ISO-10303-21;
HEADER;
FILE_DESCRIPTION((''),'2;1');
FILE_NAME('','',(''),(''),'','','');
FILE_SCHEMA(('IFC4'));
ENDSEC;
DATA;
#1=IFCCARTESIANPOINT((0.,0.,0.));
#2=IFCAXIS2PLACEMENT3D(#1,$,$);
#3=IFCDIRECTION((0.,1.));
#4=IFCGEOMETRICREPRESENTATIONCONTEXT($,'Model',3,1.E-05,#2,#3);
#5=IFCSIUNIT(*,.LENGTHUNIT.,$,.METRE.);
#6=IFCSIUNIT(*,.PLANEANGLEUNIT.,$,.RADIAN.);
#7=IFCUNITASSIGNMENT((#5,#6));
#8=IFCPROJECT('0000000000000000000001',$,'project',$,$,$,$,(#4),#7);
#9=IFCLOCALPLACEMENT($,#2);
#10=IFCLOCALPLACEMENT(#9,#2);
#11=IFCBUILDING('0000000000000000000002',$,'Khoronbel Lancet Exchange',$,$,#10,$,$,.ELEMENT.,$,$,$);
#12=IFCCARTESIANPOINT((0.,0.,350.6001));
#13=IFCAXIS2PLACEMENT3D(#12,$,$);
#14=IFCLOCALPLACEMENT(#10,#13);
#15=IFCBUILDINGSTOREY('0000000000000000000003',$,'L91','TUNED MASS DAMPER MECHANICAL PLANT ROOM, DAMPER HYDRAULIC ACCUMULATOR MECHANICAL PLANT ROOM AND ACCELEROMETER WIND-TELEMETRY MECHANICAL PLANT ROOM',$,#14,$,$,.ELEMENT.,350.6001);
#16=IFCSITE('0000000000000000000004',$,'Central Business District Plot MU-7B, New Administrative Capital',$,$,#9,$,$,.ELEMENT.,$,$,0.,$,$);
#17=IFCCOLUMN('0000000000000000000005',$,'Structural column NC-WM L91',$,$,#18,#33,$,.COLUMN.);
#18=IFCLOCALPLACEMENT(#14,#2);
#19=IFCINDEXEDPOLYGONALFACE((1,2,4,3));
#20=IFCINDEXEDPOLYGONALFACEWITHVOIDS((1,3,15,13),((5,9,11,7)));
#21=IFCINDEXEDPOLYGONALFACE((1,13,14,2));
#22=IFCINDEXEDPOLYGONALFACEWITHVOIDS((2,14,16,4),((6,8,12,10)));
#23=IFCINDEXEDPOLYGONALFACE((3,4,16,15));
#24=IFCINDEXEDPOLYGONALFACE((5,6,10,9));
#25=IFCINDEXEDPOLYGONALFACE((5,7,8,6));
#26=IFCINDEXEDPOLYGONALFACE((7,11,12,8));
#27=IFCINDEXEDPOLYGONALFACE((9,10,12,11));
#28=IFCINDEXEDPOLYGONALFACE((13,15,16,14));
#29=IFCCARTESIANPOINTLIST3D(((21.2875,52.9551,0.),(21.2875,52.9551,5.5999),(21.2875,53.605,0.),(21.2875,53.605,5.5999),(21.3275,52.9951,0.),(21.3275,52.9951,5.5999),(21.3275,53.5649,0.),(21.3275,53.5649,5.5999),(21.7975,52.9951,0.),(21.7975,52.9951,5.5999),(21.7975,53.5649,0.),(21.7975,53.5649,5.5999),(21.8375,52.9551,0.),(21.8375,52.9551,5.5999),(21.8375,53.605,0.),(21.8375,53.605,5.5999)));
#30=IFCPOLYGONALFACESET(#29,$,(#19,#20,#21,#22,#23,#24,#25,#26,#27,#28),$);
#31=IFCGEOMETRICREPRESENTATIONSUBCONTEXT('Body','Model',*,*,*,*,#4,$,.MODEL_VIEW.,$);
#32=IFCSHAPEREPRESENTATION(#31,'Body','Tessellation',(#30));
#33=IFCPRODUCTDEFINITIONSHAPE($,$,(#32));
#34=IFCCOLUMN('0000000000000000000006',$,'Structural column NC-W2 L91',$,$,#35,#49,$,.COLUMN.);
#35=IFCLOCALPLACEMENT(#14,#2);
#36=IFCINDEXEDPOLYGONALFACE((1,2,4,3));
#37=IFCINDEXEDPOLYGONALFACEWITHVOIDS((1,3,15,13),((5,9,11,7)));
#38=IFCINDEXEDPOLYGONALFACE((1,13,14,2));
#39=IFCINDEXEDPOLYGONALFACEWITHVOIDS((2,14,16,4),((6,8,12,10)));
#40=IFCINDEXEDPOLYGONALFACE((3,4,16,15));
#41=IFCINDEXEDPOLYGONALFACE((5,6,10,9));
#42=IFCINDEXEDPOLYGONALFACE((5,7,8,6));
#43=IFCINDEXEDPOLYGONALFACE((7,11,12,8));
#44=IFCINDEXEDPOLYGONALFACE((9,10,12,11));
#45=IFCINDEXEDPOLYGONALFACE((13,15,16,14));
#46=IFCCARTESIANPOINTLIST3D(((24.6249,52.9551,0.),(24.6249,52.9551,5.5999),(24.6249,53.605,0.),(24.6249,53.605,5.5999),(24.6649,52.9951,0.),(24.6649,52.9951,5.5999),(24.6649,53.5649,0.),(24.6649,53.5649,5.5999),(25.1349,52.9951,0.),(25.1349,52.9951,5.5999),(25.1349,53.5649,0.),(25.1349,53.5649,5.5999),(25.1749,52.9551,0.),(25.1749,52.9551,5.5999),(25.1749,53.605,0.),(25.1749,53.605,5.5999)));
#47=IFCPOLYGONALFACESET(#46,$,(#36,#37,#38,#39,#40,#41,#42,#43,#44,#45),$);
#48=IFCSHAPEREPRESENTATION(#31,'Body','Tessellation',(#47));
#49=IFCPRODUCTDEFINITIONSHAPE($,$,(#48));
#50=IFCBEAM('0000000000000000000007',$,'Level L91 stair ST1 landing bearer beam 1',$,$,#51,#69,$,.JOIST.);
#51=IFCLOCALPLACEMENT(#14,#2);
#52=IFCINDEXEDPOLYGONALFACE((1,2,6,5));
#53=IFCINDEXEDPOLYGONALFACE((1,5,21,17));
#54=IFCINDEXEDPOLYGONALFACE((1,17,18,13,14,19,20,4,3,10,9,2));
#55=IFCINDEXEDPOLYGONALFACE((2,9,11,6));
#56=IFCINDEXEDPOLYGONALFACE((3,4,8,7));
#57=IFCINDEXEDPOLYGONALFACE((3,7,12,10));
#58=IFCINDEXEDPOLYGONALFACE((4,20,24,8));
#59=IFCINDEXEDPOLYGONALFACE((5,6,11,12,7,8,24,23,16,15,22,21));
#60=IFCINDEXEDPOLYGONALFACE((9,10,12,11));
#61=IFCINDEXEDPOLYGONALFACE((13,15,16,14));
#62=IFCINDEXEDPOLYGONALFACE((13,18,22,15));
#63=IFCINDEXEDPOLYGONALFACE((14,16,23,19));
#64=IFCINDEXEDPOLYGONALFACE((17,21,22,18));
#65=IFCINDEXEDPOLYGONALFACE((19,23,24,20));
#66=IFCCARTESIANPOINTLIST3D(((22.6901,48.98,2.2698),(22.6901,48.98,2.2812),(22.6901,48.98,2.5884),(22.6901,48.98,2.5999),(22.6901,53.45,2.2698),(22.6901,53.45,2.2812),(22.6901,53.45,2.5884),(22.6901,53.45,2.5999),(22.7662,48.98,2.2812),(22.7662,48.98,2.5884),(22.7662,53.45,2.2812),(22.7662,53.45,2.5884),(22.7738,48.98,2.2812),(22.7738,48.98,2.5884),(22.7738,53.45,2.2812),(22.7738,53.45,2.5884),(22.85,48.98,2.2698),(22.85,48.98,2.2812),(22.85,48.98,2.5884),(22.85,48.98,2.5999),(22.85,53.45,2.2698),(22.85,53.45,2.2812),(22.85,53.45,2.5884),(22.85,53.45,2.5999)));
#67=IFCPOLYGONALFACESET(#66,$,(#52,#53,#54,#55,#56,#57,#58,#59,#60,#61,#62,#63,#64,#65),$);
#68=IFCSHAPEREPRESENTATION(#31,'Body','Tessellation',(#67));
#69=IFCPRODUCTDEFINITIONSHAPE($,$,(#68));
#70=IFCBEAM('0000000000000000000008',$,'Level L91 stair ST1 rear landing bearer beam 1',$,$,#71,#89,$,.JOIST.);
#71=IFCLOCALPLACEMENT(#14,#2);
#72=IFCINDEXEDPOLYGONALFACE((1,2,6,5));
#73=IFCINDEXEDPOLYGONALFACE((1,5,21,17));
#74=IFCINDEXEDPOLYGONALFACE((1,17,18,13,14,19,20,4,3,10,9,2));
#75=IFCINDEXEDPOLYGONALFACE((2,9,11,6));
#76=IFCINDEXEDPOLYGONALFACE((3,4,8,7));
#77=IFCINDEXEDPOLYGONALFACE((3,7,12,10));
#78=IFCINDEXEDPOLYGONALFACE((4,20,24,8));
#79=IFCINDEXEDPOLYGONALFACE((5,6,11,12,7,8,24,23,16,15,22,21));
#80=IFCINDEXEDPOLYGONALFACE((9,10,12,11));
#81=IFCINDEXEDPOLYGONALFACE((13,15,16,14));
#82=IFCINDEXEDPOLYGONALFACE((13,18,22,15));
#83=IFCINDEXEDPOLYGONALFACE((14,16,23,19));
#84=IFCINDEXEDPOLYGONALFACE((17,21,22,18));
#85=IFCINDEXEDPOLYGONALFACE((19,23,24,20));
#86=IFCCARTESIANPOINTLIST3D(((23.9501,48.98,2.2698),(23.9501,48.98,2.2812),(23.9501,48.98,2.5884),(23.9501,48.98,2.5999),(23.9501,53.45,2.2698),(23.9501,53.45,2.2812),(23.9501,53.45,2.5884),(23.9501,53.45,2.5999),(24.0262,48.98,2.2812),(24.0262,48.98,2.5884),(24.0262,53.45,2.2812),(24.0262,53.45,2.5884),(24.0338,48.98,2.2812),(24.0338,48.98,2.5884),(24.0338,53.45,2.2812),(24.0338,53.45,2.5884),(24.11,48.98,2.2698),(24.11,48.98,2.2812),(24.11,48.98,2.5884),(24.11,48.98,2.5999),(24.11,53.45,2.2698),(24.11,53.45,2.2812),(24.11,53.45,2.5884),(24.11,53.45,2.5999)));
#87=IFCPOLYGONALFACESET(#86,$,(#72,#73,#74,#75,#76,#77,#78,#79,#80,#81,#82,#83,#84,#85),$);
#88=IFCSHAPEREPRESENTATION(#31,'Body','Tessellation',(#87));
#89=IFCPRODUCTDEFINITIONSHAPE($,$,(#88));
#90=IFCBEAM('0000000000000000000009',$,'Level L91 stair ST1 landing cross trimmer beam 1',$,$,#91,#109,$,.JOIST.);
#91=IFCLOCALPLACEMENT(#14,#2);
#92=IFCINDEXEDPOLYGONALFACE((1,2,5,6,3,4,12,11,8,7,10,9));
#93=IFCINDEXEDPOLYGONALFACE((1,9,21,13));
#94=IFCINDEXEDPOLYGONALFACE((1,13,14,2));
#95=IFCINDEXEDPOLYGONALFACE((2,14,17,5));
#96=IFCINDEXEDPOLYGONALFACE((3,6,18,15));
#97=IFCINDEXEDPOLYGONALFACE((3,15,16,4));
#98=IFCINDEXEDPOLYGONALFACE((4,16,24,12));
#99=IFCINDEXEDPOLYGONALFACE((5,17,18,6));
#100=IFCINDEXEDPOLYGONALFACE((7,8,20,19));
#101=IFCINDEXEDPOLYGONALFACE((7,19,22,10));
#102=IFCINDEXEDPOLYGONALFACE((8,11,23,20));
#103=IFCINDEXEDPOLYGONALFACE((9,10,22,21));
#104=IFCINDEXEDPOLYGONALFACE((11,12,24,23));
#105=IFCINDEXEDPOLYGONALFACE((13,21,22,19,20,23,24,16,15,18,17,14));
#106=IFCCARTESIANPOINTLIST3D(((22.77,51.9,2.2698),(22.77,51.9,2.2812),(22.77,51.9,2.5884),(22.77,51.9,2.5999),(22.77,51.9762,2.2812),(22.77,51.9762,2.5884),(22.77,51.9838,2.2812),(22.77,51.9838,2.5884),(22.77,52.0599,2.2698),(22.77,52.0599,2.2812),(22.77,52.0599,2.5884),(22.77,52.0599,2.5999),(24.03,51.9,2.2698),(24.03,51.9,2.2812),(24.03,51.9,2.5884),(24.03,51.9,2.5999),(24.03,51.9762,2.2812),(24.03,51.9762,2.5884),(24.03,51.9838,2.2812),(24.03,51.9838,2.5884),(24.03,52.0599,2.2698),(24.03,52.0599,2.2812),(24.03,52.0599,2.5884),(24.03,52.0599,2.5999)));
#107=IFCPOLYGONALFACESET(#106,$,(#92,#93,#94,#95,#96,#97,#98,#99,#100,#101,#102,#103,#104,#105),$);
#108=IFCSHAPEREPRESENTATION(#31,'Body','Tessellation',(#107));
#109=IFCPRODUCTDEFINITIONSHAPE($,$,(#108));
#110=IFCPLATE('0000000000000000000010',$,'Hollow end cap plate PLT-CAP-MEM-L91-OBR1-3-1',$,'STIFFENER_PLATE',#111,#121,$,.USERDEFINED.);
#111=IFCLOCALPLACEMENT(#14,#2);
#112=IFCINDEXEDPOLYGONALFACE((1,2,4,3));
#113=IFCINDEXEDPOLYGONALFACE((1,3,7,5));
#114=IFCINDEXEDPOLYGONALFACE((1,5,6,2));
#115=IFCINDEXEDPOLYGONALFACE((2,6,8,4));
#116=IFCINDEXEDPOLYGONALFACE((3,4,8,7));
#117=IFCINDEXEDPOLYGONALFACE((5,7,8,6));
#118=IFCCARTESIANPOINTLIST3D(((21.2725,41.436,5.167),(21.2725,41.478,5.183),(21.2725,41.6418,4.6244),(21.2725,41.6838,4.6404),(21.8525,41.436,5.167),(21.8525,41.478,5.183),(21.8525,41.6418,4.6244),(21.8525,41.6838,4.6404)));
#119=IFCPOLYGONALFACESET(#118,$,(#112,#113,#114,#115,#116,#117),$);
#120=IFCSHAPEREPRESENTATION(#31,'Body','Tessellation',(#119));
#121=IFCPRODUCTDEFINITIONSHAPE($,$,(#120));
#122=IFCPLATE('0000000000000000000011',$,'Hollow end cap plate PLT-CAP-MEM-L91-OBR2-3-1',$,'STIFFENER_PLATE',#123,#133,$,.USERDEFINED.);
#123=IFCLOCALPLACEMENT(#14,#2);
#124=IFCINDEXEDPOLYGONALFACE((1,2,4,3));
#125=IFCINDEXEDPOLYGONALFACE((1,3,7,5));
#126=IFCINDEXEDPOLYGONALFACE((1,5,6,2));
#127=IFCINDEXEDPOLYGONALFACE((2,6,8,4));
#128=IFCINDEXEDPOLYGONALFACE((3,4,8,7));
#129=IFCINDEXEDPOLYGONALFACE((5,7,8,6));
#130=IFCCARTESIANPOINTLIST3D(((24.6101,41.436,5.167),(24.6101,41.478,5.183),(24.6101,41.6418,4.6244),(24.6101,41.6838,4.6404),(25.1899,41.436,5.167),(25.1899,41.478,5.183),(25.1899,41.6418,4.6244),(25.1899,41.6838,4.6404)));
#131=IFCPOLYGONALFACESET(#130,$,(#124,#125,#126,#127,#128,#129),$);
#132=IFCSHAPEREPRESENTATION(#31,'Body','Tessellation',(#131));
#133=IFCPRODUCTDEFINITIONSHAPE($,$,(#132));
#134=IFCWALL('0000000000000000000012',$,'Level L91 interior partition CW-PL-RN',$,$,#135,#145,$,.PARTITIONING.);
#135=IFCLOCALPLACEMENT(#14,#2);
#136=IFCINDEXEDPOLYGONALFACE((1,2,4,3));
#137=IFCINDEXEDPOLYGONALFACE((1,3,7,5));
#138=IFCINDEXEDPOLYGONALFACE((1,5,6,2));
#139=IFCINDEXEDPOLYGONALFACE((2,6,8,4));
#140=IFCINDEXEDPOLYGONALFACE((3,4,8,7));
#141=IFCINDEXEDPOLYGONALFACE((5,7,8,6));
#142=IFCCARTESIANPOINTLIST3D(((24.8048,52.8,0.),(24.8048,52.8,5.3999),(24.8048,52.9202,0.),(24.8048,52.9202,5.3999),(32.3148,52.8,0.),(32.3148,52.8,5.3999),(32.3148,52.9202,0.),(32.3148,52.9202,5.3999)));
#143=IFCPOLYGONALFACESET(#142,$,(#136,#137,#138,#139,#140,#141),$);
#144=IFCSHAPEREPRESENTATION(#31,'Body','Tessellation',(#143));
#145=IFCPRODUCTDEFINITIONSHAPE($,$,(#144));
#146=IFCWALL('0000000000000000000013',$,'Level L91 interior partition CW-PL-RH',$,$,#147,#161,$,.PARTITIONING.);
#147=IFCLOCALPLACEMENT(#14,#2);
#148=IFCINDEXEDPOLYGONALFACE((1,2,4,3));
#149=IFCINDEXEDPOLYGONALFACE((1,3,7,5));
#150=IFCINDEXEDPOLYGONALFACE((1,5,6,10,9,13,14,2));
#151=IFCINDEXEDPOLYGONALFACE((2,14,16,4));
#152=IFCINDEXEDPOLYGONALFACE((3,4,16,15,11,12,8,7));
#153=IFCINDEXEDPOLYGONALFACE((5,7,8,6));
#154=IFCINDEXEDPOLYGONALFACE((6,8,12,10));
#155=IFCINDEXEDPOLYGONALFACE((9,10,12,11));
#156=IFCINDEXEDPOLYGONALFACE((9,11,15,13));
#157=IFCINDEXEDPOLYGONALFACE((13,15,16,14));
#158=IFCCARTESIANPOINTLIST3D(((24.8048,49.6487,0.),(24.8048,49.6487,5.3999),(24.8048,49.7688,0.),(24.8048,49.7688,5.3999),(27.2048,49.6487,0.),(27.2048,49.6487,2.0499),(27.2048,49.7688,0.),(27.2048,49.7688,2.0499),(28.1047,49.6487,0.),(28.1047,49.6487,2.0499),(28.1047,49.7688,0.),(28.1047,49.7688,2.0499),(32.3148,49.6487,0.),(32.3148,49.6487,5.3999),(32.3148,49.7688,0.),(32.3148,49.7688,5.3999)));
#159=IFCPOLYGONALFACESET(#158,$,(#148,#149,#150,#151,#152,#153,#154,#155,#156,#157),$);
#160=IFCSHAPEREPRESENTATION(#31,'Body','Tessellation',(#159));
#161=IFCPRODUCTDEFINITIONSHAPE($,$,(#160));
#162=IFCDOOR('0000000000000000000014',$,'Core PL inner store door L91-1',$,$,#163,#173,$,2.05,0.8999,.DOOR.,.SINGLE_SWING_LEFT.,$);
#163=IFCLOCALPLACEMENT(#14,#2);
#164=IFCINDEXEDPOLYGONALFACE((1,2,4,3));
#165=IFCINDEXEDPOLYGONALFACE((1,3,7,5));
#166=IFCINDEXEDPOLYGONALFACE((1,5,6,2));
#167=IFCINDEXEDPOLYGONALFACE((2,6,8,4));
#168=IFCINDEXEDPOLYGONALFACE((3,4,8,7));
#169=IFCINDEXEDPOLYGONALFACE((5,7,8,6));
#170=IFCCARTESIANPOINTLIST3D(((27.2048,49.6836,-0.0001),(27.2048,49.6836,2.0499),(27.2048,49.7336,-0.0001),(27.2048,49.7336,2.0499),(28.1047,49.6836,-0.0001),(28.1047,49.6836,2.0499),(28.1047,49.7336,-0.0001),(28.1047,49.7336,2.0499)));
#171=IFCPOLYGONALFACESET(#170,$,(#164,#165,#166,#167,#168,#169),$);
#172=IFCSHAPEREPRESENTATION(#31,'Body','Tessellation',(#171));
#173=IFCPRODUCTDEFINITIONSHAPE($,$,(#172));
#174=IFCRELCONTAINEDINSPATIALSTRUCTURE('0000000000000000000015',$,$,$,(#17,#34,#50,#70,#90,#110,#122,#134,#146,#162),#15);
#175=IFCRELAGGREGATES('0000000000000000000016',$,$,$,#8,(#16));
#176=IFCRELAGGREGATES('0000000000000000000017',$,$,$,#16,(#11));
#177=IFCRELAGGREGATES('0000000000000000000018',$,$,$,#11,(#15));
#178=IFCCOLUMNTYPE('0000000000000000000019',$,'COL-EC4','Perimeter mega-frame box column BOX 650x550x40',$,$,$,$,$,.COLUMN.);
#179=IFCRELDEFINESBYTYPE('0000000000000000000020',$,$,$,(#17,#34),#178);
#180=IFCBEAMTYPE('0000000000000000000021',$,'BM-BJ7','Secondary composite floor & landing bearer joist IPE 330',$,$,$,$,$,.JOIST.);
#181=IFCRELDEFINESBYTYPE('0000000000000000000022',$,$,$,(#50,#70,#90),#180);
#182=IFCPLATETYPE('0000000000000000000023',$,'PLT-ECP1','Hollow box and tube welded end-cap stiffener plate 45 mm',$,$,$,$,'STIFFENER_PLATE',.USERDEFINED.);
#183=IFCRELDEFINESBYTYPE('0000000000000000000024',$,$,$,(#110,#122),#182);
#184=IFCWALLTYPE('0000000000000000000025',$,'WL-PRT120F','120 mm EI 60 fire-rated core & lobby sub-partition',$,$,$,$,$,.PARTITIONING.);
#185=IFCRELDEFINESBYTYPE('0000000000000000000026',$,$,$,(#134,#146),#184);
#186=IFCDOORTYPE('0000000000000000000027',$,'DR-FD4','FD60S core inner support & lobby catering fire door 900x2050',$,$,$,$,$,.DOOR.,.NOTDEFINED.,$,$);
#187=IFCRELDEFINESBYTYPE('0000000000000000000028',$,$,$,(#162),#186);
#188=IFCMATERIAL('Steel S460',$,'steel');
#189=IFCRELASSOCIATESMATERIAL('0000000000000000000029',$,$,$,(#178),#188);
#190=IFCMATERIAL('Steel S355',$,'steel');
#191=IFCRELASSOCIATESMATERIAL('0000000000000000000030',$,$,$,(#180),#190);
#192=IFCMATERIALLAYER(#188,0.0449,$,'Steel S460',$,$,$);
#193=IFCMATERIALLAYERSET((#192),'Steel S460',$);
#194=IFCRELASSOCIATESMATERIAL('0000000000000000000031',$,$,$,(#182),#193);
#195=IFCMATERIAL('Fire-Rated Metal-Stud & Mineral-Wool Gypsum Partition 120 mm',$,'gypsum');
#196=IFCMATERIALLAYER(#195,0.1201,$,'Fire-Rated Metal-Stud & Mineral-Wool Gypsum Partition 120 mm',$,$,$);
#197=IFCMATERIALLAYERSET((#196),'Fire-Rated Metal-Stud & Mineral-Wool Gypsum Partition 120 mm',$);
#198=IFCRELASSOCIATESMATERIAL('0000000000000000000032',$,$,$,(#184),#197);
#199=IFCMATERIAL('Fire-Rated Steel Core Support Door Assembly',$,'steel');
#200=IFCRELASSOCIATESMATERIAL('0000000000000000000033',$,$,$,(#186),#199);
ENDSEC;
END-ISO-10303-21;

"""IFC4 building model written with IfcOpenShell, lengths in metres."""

from ifc_helpers import new_model, si_unit, direction, frame, frame_2d, origin, origin_2d, place, context, subcontext, project, spatial, polyline, rectangle, hollow_rectangle, i_section, outline, extrude, material, layer, layer_set, material_profile, profile_set, type_object, element, fill, save


model = new_model("IFC4")

# Units and contexts
model_context = context("Model", 3, precision=1e-05, world=origin(), true_north=direction((0.0, 1.0)))
body_context = subcontext(model_context, "Body", "Model", "MODEL_VIEW")
ifc_project = project(units=[si_unit("LENGTHUNIT", "METRE"), si_unit("PLANEANGLEUNIT", "RADIAN")], contexts=[model_context])

# Site, building, storey
site_placement = place(None, origin())
site = spatial("IfcSite", under=ifc_project, at=site_placement, Name="Central Business District Plot MU-7B, New Administrative Capital", CompositionType="ELEMENT", RefElevation=0.0)
building_placement = place(site_placement, origin())
building = spatial("IfcBuilding", under=site, at=building_placement, Name="Khoronbel Lancet Exchange", CompositionType="ELEMENT")
storey_placement = place(building_placement, frame((0.0, 0.0, 350.6001)))
storey = spatial("IfcBuildingStorey", under=building, at=storey_placement, Name="L91", Description="TUNED MASS DAMPER MECHANICAL PLANT ROOM, DAMPER HYDRAULIC ACCUMULATOR MECHANICAL PLANT ROOM AND ACCELEROMETER WIND-TELEMETRY MECHANICAL PLANT ROOM", CompositionType="ELEMENT", Elevation=350.6001)

# Columns
ifc_material_1 = material(Name="Steel S460", Category="steel")
ifc_material_profile_1 = material_profile(ifc_material_1, hollow_rectangle(XDim=0.55, YDim=0.6499, WallThickness=0.04, at=origin_2d()), Name="BOX 650x550x40")
ifc_profile_set_1 = profile_set([ifc_material_profile_1], Name="Steel S460")
column_type = type_object("IfcColumnType", Name="COL-EC4", Description="Perimeter mega-frame box column BOX 650x550x40", PredefinedType="COLUMN", material=ifc_profile_set_1)
for number, where, z_axis, x_axis, name in (
    (1, (21.5625, 53.28, 0.0), (0.0, 0.0, 1.0), (1.0, 0.0, 0.0), "Structural column NC-WM L91"),
    (2, (24.8999, 53.28, 0.0), (0.0, 0.0, 1.0), (1.0, 0.0, 0.0), "Structural column NC-W2 L91"),
):
    element("IfcColumn", number, at=place(storey_placement, frame(where, z_axis=z_axis, x_axis=x_axis)), inside=storey, type_object=column_type, Name=name, PredefinedType="COLUMN", context=body_context, shape_type="SweptSolid", body=[
        extrude(hollow_rectangle(XDim=0.55, YDim=0.6499, WallThickness=0.04, at=origin_2d()), origin(), (0.0, 0.0, 1.0), 5.5999),
    ])

# Beams
ifc_material_2 = material(Name="Steel S355", Category="steel")
ifc_material_profile_2 = material_profile(ifc_material_2, i_section(OverallWidth=0.1599, OverallDepth=0.3301, WebThickness=0.0076, FlangeThickness=0.0115, at=origin_2d()), Name="IPE 330")
ifc_profile_set_2 = profile_set([ifc_material_profile_2], Name="Steel S355")
beam_type = type_object("IfcBeamType", Name="BM-BJ7", Description="Secondary composite floor & landing bearer joist IPE 330", PredefinedType="JOIST", material=ifc_profile_set_2)
for number, where, z_axis, x_axis, name in (
    (3, (22.77, 48.98, 2.4348), (0.0, 1.0, 0.0), (-1.0, 0.0, 0.0), "Level L91 stair ST1 landing bearer beam 1"),
    (4, (24.03, 48.98, 2.4348), (0.0, 1.0, 0.0), (-1.0, 0.0, 0.0), "Level L91 stair ST1 rear landing bearer beam 1"),
):
    element("IfcBeam", number, at=place(storey_placement, frame(where, z_axis=z_axis, x_axis=x_axis)), inside=storey, type_object=beam_type, Name=name, PredefinedType="JOIST", context=body_context, shape_type="SweptSolid", body=[
        extrude(i_section(OverallWidth=0.1599, OverallDepth=0.3301, WebThickness=0.0076, FlangeThickness=0.0115, at=origin_2d()), origin(), (0.0, 0.0, 1.0), 4.47),
    ])
beam_placement = place(storey_placement, frame((22.77, 51.98, 2.4348), z_axis=(1.0, 0.0, 0.0), x_axis=(0.0, 1.0, 0.0)))
element("IfcBeam", 5, at=beam_placement, inside=storey, type_object=beam_type, Name="Level L91 stair ST1 landing cross trimmer beam 1", PredefinedType="JOIST", context=body_context, shape_type="SweptSolid", body=[
    extrude(i_section(OverallWidth=0.1599, OverallDepth=0.3301, WebThickness=0.0076, FlangeThickness=0.0115, at=origin_2d()), origin(), (0.0, 0.0, 1.0), 1.26),
])

# Plates
ifc_layer_1 = layer(ifc_material_1, 0.0449, Name="Steel S460")
ifc_layer_set_1 = layer_set([ifc_layer_1], Name="Steel S460")
plate_type = type_object("IfcPlateType", Name="PLT-ECP1", Description="Hollow box and tube welded end-cap stiffener plate 45 mm", ElementType="STIFFENER_PLATE", PredefinedType="USERDEFINED", material=ifc_layer_set_1)
plate_1_placement = place(storey_placement, frame((21.8525, 41.6838, 4.6404), z_axis=(0.0, 0.934973, 0.354718), x_axis=(-1.0, 0.0, 0.0)))
element("IfcPlate", 6, at=plate_1_placement, inside=storey, type_object=plate_type, Name="Hollow end cap plate PLT-CAP-MEM-L91-OBR1-3-1", ObjectType="STIFFENER_PLATE", PredefinedType="USERDEFINED", context=body_context, shape_type="SweptSolid", body=[
    extrude(outline(polyline([(0.0, 0.0), (0.5801, 0.0), (0.5801, 0.5803), (0.0, 0.5803), (0.0, 0.0)])), origin(), (0.0, 0.0, -1.0), 0.0449),
])
plate_2_placement = place(storey_placement, frame((25.1899, 41.6838, 4.6404), z_axis=(0.0, 0.934973, 0.354718), x_axis=(-1.0, 0.0, 0.0)))
element("IfcPlate", 7, at=plate_2_placement, inside=storey, type_object=plate_type, Name="Hollow end cap plate PLT-CAP-MEM-L91-OBR2-3-1", ObjectType="STIFFENER_PLATE", PredefinedType="USERDEFINED", context=body_context, shape_type="SweptSolid", body=[
    extrude(outline(polyline([(0.0, 0.0), (0.5798, 0.0), (0.5798, 0.5803), (0.0, 0.5803), (0.0, 0.0)])), origin(), (0.0, 0.0, -1.0), 0.0449),
])

# Wall
ifc_material_3 = material(Name="Fire-Rated Metal-Stud & Mineral-Wool Gypsum Partition 120 mm", Category="gypsum")
ifc_layer_2 = layer(ifc_material_3, 0.1201, Name="Fire-Rated Metal-Stud & Mineral-Wool Gypsum Partition 120 mm")
ifc_layer_set_2 = layer_set([ifc_layer_2], Name="Fire-Rated Metal-Stud & Mineral-Wool Gypsum Partition 120 mm")
wall_type_1 = type_object("IfcWallType", Name="WL-PRT120F", Description="120 mm EI 60 fire-rated core & lobby sub-partition", PredefinedType="PARTITIONING", material=ifc_layer_set_2)
wall_1_placement = place(storey_placement, frame((24.8049, 52.8601, 0.0), z_axis=(0.0, 0.0, 1.0), x_axis=(1.0, 0.0, 0.0)))
element("IfcWall", 8, at=wall_1_placement, inside=storey, type_object=wall_type_1, Name="Level L91 interior partition CW-PL-RN", PredefinedType="PARTITIONING", context=body_context, shape_type="SweptSolid", body=[
    extrude(rectangle(XDim=7.51, YDim=0.1201, at=frame_2d((3.7549, 0.0))), origin(), (0.0, 0.0, 1.0), 5.3999),
])

# Wall, opening, door
wall_2_placement = place(storey_placement, frame((24.8049, 49.7087, 0.0), z_axis=(0.0, 0.0, 1.0), x_axis=(1.0, 0.0, 0.0)))
wall_2 = element("IfcWall", 9, at=wall_2_placement, inside=storey, type_object=wall_type_1, Name="Level L91 interior partition CW-PL-RH", PredefinedType="PARTITIONING", context=body_context, shape_type="SweptSolid", body=[
    extrude(rectangle(XDim=7.51, YDim=0.1201, at=frame_2d((3.7549, 0.0))), origin(), (0.0, 0.0, 1.0), 5.3999),
])
opening_1_placement = place(wall_2_placement, frame((2.3999, 0.0, 0.0)))
opening_1 = element("IfcOpeningElement", 10, at=opening_1_placement, cuts=wall_2, PredefinedType="OPENING", context=body_context, shape_type="SweptSolid", body=[
    extrude(rectangle(XDim=0.8999, YDim=2.05, at=frame_2d((0.45, 1.0249))), frame((0.0, 0.0701, 0.0), z_axis=(0.0, -1.0, 0.0), x_axis=(1.0, 0.0, 0.0)), (0.0, 0.0, 1.0), 0.1401),
])
ifc_material_4 = material(Name="Fire-Rated Steel Core Support Door Assembly", Category="steel")
door_type_1 = type_object("IfcDoorType", Name="DR-FD4", Description="FD60S core inner support & lobby catering fire door 900x2050", OperationType="NOTDEFINED", PredefinedType="DOOR", material=ifc_material_4)
door_1_placement = place(opening_1_placement, origin())
door_1 = element("IfcDoor", 11, at=door_1_placement, inside=storey, type_object=door_type_1, Name="Core PL inner store door L91-1", OperationType="SINGLE_SWING_LEFT", OverallHeight=2.05, OverallWidth=0.8999, PredefinedType="DOOR", context=body_context, shape_type="SweptSolid", body=[
    extrude(rectangle(XDim=0.8999, YDim=2.05, at=frame_2d((0.45, 1.0249))), frame((0.0, 0.0249, 0.0), z_axis=(0.0, -1.0, 0.0), x_axis=(1.0, 0.0, 0.0)), (0.0, 0.0, 1.0), 0.05),
])
fill(opening_1, door_1)

save(model, "model.ifc")
